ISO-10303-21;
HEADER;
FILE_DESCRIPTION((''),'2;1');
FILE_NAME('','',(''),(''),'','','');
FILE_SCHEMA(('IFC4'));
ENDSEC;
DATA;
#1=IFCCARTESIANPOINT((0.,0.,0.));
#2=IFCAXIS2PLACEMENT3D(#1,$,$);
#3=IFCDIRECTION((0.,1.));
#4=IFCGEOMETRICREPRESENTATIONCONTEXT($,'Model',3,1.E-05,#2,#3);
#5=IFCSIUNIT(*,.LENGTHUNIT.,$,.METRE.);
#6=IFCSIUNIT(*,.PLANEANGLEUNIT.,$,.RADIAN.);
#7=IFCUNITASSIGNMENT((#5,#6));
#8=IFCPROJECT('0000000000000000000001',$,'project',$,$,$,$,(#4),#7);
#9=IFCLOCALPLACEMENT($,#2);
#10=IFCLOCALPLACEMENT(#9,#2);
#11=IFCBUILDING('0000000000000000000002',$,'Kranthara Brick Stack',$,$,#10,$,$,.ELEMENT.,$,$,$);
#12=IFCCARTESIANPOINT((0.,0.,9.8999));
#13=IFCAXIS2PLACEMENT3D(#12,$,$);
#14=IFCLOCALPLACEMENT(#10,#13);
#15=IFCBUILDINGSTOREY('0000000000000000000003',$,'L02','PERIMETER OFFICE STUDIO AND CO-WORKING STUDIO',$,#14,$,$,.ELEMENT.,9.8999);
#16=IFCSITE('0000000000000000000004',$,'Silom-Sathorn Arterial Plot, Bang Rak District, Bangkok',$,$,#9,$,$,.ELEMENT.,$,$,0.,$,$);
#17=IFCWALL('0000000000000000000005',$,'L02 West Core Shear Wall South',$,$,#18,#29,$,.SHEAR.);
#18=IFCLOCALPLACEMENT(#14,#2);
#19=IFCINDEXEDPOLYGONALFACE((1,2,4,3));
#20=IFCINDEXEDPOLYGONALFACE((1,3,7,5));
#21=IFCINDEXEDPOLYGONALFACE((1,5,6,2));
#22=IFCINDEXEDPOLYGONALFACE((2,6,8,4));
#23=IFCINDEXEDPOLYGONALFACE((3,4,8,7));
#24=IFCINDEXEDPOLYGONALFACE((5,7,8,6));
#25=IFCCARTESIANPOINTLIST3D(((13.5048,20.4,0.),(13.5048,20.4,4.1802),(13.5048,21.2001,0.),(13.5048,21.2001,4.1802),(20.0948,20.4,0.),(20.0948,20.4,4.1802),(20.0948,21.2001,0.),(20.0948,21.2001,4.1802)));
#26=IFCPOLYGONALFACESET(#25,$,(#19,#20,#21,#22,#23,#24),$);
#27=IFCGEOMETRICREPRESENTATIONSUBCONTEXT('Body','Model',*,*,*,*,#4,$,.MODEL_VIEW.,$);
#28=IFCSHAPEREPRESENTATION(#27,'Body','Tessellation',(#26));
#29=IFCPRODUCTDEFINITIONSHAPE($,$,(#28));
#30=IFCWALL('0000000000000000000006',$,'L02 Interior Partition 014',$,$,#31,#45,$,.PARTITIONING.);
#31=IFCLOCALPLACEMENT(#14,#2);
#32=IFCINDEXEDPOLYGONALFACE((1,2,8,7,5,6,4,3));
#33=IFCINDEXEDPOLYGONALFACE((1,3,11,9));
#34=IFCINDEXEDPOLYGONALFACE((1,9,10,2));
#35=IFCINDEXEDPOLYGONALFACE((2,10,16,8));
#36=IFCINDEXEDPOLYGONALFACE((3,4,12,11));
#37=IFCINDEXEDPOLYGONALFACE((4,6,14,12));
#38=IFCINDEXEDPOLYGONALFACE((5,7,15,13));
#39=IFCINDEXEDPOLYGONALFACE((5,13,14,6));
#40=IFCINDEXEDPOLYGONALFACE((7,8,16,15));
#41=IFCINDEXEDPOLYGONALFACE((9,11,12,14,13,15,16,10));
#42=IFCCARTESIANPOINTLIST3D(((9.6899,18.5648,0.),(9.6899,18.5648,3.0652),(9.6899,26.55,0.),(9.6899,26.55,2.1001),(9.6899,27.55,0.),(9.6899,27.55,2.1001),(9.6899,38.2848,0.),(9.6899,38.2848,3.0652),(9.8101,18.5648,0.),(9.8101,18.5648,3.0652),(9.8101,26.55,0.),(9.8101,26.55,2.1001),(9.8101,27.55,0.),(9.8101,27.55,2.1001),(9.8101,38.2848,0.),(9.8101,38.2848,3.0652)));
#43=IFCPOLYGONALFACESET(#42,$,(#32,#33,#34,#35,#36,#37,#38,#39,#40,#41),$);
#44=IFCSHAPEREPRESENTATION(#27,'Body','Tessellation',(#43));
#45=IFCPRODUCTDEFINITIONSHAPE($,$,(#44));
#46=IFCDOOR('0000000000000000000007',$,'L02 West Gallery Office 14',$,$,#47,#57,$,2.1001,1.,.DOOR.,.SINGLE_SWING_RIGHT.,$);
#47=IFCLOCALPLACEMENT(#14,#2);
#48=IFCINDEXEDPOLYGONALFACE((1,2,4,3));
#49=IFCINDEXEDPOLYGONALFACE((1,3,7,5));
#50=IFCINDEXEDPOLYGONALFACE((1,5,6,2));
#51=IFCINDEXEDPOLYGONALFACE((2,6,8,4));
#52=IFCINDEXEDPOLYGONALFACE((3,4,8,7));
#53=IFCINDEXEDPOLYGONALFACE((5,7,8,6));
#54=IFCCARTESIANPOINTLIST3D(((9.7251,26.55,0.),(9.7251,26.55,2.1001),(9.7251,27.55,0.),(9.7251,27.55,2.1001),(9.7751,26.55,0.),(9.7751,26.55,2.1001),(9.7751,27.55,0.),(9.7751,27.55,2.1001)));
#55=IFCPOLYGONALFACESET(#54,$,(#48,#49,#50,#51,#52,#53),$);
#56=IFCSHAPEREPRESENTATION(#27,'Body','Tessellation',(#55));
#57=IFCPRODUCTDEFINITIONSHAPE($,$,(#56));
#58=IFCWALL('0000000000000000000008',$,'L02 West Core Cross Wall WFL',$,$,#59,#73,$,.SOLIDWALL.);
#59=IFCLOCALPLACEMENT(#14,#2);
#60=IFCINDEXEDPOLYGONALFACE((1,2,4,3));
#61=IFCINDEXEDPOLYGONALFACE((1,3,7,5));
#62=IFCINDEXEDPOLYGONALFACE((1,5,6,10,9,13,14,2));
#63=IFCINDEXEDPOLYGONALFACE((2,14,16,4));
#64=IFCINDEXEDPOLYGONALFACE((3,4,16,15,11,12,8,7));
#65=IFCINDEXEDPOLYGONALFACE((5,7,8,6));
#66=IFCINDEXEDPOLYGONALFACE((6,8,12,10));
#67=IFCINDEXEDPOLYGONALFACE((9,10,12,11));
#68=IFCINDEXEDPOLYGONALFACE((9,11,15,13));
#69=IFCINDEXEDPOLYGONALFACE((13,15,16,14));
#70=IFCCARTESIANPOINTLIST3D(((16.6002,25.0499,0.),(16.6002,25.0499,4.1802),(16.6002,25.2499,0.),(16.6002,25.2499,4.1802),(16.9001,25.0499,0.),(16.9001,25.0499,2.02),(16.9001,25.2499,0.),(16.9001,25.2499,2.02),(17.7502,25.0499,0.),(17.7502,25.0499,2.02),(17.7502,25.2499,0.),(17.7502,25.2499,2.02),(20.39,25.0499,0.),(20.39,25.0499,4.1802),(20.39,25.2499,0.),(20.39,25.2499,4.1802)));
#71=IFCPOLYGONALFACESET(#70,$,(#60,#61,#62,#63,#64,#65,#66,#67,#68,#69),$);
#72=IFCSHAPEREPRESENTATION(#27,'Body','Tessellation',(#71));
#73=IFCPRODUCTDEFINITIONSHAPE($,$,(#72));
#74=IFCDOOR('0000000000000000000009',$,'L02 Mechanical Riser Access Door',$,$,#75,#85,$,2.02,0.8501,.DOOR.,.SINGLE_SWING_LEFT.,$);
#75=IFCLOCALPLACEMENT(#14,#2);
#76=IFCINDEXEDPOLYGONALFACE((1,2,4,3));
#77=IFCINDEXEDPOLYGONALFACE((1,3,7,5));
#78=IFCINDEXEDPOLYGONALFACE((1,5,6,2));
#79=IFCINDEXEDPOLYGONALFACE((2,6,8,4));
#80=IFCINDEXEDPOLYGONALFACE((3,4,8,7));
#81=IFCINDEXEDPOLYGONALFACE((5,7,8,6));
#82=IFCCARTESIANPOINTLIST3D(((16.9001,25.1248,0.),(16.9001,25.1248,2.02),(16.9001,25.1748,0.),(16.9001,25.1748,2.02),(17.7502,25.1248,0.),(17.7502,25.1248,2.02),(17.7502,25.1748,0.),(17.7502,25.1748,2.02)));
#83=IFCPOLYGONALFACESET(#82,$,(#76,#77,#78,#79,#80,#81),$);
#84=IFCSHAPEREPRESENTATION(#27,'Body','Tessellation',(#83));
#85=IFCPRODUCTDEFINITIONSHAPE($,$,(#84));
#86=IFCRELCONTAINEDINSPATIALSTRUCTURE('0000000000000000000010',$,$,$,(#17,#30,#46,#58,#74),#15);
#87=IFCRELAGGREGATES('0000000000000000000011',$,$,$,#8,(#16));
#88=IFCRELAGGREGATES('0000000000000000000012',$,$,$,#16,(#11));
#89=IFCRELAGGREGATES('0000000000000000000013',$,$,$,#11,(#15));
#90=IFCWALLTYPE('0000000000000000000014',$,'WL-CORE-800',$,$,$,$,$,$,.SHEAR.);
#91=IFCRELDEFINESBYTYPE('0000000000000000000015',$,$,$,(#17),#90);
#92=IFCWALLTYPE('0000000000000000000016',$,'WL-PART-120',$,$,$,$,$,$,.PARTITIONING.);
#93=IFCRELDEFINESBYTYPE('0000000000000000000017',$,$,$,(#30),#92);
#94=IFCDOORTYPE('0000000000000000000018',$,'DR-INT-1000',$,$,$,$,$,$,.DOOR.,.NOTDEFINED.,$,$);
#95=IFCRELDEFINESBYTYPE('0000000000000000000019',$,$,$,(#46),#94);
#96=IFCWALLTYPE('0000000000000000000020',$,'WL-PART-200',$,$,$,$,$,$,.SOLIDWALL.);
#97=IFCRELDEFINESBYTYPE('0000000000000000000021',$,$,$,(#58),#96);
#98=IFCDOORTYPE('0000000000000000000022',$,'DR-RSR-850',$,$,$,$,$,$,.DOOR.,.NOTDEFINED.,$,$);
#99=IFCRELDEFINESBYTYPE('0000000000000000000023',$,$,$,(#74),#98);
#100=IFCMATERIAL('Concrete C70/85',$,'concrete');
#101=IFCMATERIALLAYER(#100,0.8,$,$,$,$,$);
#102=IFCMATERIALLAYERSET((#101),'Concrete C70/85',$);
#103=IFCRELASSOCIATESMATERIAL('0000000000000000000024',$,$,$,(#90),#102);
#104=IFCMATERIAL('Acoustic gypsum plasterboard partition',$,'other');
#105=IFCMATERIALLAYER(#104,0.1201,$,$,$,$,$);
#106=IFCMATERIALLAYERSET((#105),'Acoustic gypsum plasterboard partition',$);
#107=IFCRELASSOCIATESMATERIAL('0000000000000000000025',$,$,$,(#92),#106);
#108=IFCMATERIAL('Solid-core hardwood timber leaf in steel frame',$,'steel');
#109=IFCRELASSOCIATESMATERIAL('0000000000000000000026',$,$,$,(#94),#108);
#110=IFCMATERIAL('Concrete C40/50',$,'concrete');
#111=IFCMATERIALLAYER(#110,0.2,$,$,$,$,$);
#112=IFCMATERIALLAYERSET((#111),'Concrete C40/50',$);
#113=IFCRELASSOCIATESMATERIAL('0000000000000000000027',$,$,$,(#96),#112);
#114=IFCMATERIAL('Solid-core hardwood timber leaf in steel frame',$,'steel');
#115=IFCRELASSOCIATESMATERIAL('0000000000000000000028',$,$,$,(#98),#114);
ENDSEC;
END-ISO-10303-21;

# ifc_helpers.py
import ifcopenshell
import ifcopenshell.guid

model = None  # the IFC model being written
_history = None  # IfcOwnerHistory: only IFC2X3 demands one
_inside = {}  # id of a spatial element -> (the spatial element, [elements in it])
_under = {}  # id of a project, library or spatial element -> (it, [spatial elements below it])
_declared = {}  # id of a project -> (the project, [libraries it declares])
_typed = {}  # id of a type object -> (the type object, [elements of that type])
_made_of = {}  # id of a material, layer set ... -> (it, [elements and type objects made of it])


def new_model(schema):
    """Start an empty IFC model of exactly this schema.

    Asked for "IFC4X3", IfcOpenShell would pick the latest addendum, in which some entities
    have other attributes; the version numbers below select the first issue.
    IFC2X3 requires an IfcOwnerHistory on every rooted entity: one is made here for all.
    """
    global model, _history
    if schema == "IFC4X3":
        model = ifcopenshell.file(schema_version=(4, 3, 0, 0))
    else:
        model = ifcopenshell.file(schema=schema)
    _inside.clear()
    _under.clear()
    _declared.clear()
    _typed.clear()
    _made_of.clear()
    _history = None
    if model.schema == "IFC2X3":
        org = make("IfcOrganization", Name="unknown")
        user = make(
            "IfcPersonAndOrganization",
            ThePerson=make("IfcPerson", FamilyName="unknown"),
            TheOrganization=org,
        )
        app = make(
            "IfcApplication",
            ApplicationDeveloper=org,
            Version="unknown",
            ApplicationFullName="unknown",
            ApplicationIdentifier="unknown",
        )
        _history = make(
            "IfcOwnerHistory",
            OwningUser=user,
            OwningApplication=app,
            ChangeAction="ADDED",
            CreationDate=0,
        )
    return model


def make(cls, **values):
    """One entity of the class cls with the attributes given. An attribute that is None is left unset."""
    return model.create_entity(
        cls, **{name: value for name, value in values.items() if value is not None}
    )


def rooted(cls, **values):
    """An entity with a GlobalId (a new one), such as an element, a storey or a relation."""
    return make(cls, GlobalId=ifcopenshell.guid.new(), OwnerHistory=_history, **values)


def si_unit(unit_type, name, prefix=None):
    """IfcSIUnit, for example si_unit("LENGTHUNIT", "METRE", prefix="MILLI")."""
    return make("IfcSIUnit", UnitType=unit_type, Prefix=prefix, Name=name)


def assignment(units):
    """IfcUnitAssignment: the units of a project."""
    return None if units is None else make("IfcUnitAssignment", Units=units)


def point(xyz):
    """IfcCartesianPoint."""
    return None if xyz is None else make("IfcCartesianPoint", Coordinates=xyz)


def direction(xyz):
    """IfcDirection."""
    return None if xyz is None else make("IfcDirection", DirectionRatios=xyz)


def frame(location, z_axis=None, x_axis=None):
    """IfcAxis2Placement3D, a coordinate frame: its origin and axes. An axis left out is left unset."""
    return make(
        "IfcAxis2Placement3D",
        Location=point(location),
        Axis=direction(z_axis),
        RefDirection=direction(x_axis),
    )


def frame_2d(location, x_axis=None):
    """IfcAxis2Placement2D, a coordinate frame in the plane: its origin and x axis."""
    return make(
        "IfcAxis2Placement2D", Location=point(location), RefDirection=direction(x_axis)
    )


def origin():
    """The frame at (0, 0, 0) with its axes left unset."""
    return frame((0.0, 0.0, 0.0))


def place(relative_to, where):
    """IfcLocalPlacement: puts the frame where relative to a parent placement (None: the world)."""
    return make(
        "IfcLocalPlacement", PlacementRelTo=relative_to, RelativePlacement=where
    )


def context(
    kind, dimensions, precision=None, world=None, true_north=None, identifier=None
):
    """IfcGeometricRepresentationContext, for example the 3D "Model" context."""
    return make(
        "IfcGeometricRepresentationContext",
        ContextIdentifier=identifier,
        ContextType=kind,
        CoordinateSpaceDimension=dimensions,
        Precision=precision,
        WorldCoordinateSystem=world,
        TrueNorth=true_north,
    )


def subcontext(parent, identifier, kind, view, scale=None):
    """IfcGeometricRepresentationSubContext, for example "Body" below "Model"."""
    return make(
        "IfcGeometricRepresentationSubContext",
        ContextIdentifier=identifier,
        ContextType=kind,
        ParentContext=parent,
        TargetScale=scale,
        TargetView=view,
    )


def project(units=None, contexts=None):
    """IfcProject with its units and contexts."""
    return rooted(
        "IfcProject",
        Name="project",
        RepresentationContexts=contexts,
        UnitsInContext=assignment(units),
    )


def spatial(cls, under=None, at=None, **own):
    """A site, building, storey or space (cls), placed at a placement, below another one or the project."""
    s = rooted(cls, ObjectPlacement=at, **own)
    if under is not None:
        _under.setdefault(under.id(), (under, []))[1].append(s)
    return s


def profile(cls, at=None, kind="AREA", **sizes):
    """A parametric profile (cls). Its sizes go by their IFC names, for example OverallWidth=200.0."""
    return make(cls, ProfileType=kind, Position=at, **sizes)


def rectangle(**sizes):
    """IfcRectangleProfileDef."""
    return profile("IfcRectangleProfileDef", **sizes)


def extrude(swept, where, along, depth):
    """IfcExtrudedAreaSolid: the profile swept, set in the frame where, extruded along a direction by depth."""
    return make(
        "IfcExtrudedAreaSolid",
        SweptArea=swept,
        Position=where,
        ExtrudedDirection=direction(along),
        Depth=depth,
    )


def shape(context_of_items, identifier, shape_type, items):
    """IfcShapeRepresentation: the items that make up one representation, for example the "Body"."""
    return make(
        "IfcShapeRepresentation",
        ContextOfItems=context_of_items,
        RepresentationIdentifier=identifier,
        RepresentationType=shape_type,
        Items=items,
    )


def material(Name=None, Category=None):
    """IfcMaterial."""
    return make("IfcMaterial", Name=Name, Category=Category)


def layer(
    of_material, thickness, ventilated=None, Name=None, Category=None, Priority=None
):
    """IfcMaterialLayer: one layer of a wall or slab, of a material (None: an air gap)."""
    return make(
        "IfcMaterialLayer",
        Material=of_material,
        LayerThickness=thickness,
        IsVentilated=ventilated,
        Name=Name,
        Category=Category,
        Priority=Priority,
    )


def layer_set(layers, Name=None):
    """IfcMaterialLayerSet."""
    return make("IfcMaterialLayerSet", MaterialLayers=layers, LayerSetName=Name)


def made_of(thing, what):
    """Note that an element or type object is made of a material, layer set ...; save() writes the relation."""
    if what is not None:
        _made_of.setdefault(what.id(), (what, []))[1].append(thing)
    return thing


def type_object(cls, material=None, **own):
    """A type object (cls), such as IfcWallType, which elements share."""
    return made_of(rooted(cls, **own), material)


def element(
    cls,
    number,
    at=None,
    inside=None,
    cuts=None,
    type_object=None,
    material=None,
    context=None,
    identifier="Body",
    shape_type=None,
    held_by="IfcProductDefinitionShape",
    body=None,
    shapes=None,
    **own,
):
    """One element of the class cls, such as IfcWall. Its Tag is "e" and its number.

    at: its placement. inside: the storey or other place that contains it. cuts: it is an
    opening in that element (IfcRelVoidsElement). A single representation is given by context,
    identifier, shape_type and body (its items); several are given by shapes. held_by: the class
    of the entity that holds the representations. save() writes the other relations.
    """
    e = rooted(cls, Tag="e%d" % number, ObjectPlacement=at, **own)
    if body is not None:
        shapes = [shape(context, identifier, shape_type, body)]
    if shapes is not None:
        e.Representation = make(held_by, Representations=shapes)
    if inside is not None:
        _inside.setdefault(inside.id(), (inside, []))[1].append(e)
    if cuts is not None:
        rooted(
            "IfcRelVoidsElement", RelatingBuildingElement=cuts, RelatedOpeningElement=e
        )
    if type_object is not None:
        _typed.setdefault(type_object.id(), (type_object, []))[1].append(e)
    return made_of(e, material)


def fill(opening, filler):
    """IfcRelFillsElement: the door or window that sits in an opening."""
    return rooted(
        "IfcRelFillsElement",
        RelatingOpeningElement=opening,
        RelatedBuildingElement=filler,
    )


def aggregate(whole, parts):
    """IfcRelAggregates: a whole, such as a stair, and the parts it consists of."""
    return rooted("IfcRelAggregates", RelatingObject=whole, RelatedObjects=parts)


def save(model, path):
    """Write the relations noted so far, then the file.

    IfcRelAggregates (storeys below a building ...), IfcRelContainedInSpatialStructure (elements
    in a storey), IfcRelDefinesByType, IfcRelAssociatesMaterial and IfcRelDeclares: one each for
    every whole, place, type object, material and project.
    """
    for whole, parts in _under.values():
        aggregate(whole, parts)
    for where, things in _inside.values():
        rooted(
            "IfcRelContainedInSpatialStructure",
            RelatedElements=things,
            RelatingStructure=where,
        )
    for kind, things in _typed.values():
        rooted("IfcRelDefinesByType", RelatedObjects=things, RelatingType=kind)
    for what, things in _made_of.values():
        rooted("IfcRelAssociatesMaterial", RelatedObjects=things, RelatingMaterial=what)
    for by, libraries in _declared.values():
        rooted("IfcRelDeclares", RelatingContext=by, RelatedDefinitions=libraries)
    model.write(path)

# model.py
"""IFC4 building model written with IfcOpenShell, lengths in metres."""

from ifc_helpers import new_model, si_unit, direction, frame, frame_2d, origin, place, context, subcontext, project, spatial, rectangle, extrude, material, layer, layer_set, type_object, element, fill, save


model = new_model("IFC4")

# Units and contexts
model_context = context("Model", 3, precision=1e-05, world=origin(), true_north=direction((0.0, 1.0)))
body_context = subcontext(model_context, "Body", "Model", "MODEL_VIEW")
ifc_project = project(units=[si_unit("LENGTHUNIT", "METRE"), si_unit("PLANEANGLEUNIT", "RADIAN")], contexts=[model_context])

# Site, building, storey
site_placement = place(None, origin())
site = spatial("IfcSite", under=ifc_project, at=site_placement, Name="Silom-Sathorn Arterial Plot, Bang Rak District, Bangkok", CompositionType="ELEMENT", RefElevation=0.0)
building_placement = place(site_placement, origin())
building = spatial("IfcBuilding", under=site, at=building_placement, Name="Kranthara Brick Stack", CompositionType="ELEMENT")
storey_placement = place(building_placement, frame((0.0, 0.0, 9.8999)))
storey = spatial("IfcBuildingStorey", under=building, at=storey_placement, Name="L02", Description="PERIMETER OFFICE STUDIO AND CO-WORKING STUDIO", CompositionType="ELEMENT", Elevation=9.8999)

# Wall
ifc_material_1 = material(Name="Concrete C70/85", Category="concrete")
ifc_layer_1 = layer(ifc_material_1, 0.8)
ifc_layer_set_1 = layer_set([ifc_layer_1], Name="Concrete C70/85")
wall_type_1 = type_object("IfcWallType", Name="WL-CORE-800", PredefinedType="SHEAR", material=ifc_layer_set_1)
wall_1_placement = place(storey_placement, frame((13.5049, 20.8, 0.0), z_axis=(0.0, 0.0, 1.0), x_axis=(1.0, 0.0, 0.0)))
element("IfcWall", 1, at=wall_1_placement, inside=storey, type_object=wall_type_1, Name="L02 West Core Shear Wall South", PredefinedType="SHEAR", context=body_context, shape_type="SweptSolid", body=[
    extrude(rectangle(XDim=6.5901, YDim=0.8, at=frame_2d((3.2949, 0.0))), origin(), (0.0, 0.0, 1.0), 4.1802),
])

# Walls, openings, doors
ifc_material_2 = material(Name="Acoustic gypsum plasterboard partition", Category="other")
ifc_layer_2 = layer(ifc_material_2, 0.1201)
ifc_layer_set_2 = layer_set([ifc_layer_2], Name="Acoustic gypsum plasterboard partition")
wall_type_2 = type_object("IfcWallType", Name="WL-PART-120", PredefinedType="PARTITIONING", material=ifc_layer_set_2)
wall_2_placement = place(storey_placement, frame((9.75, 18.5649, 0.0), z_axis=(0.0, 0.0, 1.0), x_axis=(0.0, 1.0, 0.0)))
wall_2 = element("IfcWall", 2, at=wall_2_placement, inside=storey, type_object=wall_type_2, Name="L02 Interior Partition 014", PredefinedType="PARTITIONING", context=body_context, shape_type="SweptSolid", body=[
    extrude(rectangle(XDim=19.72, YDim=0.1201, at=frame_2d((9.8599, 0.0))), origin(), (0.0, 0.0, 1.0), 3.0652),
])
opening_1_placement = place(wall_2_placement, frame((7.9851, 0.0, 0.0)))
opening_1 = element("IfcOpeningElement", 3, at=opening_1_placement, cuts=wall_2, PredefinedType="OPENING", context=body_context, shape_type="SweptSolid", body=[
    extrude(rectangle(XDim=1.0, YDim=2.1001, at=frame_2d((0.5, 1.05))), frame((0.0, 0.0701, 0.0), z_axis=(0.0, -1.0, 0.0), x_axis=(1.0, 0.0, 0.0)), (0.0, 0.0, 1.0), 0.1401),
])
ifc_material_3 = material(Name="Solid-core hardwood timber leaf in steel frame", Category="steel")
door_type_1 = type_object("IfcDoorType", Name="DR-INT-1000", OperationType="NOTDEFINED", PredefinedType="DOOR", material=ifc_material_3)
door_1_placement = place(opening_1_placement, origin())
door_1 = element("IfcDoor", 4, at=door_1_placement, inside=storey, type_object=door_type_1, Name="L02 West Gallery Office 14", OperationType="SINGLE_SWING_RIGHT", OverallHeight=2.1001, OverallWidth=1.0, PredefinedType="DOOR", context=body_context, shape_type="SweptSolid", body=[
    extrude(rectangle(XDim=1.0, YDim=2.1001, at=frame_2d((0.5, 1.05))), frame((0.0, 0.0249, 0.0), z_axis=(0.0, -1.0, 0.0), x_axis=(1.0, 0.0, 0.0)), (0.0, 0.0, 1.0), 0.05),
])
fill(opening_1, door_1)
ifc_material_4 = material(Name="Concrete C40/50", Category="concrete")
ifc_layer_3 = layer(ifc_material_4, 0.2)
ifc_layer_set_3 = layer_set([ifc_layer_3], Name="Concrete C40/50")
wall_type_3 = type_object("IfcWallType", Name="WL-PART-200", PredefinedType="SOLIDWALL", material=ifc_layer_set_3)
wall_3_placement = place(storey_placement, frame((16.6001, 25.1499, 0.0), z_axis=(0.0, 0.0, 1.0), x_axis=(1.0, 0.0, 0.0)))
wall_3 = element("IfcWall", 5, at=wall_3_placement, inside=storey, type_object=wall_type_3, Name="L02 West Core Cross Wall WFL", PredefinedType="SOLIDWALL", context=body_context, shape_type="SweptSolid", body=[
    extrude(rectangle(XDim=3.7898, YDim=0.2, at=frame_2d((1.895, 0.0))), origin(), (0.0, 0.0, 1.0), 4.1802),
])
opening_2_placement = place(wall_3_placement, frame((0.3, 0.0, 0.0)))
opening_2 = element("IfcOpeningElement", 6, at=opening_2_placement, cuts=wall_3, PredefinedType="OPENING", context=body_context, shape_type="SweptSolid", body=[
    extrude(rectangle(XDim=0.8501, YDim=2.02, at=frame_2d((0.425, 1.01))), frame((0.0, 0.1099, 0.0), z_axis=(0.0, -1.0, 0.0), x_axis=(1.0, 0.0, 0.0)), (0.0, 0.0, 1.0), 0.22),
])
ifc_material_5 = material(Name="Solid-core hardwood timber leaf in steel frame", Category="steel")
door_type_2 = type_object("IfcDoorType", Name="DR-RSR-850", OperationType="NOTDEFINED", PredefinedType="DOOR", material=ifc_material_5)
door_2_placement = place(opening_2_placement, origin())
door_2 = element("IfcDoor", 7, at=door_2_placement, inside=storey, type_object=door_type_2, Name="L02 Mechanical Riser Access Door", OperationType="SINGLE_SWING_LEFT", OverallHeight=2.02, OverallWidth=0.8501, PredefinedType="DOOR", context=body_context, shape_type="SweptSolid", body=[
    extrude(rectangle(XDim=0.8501, YDim=2.02, at=frame_2d((0.425, 1.01))), frame((0.0, 0.0249, 0.0), z_axis=(0.0, -1.0, 0.0), x_axis=(1.0, 0.0, 0.0)), (0.0, 0.0, 1.0), 0.05),
])
fill(opening_2, door_2)

save(model, "model.ifc")
